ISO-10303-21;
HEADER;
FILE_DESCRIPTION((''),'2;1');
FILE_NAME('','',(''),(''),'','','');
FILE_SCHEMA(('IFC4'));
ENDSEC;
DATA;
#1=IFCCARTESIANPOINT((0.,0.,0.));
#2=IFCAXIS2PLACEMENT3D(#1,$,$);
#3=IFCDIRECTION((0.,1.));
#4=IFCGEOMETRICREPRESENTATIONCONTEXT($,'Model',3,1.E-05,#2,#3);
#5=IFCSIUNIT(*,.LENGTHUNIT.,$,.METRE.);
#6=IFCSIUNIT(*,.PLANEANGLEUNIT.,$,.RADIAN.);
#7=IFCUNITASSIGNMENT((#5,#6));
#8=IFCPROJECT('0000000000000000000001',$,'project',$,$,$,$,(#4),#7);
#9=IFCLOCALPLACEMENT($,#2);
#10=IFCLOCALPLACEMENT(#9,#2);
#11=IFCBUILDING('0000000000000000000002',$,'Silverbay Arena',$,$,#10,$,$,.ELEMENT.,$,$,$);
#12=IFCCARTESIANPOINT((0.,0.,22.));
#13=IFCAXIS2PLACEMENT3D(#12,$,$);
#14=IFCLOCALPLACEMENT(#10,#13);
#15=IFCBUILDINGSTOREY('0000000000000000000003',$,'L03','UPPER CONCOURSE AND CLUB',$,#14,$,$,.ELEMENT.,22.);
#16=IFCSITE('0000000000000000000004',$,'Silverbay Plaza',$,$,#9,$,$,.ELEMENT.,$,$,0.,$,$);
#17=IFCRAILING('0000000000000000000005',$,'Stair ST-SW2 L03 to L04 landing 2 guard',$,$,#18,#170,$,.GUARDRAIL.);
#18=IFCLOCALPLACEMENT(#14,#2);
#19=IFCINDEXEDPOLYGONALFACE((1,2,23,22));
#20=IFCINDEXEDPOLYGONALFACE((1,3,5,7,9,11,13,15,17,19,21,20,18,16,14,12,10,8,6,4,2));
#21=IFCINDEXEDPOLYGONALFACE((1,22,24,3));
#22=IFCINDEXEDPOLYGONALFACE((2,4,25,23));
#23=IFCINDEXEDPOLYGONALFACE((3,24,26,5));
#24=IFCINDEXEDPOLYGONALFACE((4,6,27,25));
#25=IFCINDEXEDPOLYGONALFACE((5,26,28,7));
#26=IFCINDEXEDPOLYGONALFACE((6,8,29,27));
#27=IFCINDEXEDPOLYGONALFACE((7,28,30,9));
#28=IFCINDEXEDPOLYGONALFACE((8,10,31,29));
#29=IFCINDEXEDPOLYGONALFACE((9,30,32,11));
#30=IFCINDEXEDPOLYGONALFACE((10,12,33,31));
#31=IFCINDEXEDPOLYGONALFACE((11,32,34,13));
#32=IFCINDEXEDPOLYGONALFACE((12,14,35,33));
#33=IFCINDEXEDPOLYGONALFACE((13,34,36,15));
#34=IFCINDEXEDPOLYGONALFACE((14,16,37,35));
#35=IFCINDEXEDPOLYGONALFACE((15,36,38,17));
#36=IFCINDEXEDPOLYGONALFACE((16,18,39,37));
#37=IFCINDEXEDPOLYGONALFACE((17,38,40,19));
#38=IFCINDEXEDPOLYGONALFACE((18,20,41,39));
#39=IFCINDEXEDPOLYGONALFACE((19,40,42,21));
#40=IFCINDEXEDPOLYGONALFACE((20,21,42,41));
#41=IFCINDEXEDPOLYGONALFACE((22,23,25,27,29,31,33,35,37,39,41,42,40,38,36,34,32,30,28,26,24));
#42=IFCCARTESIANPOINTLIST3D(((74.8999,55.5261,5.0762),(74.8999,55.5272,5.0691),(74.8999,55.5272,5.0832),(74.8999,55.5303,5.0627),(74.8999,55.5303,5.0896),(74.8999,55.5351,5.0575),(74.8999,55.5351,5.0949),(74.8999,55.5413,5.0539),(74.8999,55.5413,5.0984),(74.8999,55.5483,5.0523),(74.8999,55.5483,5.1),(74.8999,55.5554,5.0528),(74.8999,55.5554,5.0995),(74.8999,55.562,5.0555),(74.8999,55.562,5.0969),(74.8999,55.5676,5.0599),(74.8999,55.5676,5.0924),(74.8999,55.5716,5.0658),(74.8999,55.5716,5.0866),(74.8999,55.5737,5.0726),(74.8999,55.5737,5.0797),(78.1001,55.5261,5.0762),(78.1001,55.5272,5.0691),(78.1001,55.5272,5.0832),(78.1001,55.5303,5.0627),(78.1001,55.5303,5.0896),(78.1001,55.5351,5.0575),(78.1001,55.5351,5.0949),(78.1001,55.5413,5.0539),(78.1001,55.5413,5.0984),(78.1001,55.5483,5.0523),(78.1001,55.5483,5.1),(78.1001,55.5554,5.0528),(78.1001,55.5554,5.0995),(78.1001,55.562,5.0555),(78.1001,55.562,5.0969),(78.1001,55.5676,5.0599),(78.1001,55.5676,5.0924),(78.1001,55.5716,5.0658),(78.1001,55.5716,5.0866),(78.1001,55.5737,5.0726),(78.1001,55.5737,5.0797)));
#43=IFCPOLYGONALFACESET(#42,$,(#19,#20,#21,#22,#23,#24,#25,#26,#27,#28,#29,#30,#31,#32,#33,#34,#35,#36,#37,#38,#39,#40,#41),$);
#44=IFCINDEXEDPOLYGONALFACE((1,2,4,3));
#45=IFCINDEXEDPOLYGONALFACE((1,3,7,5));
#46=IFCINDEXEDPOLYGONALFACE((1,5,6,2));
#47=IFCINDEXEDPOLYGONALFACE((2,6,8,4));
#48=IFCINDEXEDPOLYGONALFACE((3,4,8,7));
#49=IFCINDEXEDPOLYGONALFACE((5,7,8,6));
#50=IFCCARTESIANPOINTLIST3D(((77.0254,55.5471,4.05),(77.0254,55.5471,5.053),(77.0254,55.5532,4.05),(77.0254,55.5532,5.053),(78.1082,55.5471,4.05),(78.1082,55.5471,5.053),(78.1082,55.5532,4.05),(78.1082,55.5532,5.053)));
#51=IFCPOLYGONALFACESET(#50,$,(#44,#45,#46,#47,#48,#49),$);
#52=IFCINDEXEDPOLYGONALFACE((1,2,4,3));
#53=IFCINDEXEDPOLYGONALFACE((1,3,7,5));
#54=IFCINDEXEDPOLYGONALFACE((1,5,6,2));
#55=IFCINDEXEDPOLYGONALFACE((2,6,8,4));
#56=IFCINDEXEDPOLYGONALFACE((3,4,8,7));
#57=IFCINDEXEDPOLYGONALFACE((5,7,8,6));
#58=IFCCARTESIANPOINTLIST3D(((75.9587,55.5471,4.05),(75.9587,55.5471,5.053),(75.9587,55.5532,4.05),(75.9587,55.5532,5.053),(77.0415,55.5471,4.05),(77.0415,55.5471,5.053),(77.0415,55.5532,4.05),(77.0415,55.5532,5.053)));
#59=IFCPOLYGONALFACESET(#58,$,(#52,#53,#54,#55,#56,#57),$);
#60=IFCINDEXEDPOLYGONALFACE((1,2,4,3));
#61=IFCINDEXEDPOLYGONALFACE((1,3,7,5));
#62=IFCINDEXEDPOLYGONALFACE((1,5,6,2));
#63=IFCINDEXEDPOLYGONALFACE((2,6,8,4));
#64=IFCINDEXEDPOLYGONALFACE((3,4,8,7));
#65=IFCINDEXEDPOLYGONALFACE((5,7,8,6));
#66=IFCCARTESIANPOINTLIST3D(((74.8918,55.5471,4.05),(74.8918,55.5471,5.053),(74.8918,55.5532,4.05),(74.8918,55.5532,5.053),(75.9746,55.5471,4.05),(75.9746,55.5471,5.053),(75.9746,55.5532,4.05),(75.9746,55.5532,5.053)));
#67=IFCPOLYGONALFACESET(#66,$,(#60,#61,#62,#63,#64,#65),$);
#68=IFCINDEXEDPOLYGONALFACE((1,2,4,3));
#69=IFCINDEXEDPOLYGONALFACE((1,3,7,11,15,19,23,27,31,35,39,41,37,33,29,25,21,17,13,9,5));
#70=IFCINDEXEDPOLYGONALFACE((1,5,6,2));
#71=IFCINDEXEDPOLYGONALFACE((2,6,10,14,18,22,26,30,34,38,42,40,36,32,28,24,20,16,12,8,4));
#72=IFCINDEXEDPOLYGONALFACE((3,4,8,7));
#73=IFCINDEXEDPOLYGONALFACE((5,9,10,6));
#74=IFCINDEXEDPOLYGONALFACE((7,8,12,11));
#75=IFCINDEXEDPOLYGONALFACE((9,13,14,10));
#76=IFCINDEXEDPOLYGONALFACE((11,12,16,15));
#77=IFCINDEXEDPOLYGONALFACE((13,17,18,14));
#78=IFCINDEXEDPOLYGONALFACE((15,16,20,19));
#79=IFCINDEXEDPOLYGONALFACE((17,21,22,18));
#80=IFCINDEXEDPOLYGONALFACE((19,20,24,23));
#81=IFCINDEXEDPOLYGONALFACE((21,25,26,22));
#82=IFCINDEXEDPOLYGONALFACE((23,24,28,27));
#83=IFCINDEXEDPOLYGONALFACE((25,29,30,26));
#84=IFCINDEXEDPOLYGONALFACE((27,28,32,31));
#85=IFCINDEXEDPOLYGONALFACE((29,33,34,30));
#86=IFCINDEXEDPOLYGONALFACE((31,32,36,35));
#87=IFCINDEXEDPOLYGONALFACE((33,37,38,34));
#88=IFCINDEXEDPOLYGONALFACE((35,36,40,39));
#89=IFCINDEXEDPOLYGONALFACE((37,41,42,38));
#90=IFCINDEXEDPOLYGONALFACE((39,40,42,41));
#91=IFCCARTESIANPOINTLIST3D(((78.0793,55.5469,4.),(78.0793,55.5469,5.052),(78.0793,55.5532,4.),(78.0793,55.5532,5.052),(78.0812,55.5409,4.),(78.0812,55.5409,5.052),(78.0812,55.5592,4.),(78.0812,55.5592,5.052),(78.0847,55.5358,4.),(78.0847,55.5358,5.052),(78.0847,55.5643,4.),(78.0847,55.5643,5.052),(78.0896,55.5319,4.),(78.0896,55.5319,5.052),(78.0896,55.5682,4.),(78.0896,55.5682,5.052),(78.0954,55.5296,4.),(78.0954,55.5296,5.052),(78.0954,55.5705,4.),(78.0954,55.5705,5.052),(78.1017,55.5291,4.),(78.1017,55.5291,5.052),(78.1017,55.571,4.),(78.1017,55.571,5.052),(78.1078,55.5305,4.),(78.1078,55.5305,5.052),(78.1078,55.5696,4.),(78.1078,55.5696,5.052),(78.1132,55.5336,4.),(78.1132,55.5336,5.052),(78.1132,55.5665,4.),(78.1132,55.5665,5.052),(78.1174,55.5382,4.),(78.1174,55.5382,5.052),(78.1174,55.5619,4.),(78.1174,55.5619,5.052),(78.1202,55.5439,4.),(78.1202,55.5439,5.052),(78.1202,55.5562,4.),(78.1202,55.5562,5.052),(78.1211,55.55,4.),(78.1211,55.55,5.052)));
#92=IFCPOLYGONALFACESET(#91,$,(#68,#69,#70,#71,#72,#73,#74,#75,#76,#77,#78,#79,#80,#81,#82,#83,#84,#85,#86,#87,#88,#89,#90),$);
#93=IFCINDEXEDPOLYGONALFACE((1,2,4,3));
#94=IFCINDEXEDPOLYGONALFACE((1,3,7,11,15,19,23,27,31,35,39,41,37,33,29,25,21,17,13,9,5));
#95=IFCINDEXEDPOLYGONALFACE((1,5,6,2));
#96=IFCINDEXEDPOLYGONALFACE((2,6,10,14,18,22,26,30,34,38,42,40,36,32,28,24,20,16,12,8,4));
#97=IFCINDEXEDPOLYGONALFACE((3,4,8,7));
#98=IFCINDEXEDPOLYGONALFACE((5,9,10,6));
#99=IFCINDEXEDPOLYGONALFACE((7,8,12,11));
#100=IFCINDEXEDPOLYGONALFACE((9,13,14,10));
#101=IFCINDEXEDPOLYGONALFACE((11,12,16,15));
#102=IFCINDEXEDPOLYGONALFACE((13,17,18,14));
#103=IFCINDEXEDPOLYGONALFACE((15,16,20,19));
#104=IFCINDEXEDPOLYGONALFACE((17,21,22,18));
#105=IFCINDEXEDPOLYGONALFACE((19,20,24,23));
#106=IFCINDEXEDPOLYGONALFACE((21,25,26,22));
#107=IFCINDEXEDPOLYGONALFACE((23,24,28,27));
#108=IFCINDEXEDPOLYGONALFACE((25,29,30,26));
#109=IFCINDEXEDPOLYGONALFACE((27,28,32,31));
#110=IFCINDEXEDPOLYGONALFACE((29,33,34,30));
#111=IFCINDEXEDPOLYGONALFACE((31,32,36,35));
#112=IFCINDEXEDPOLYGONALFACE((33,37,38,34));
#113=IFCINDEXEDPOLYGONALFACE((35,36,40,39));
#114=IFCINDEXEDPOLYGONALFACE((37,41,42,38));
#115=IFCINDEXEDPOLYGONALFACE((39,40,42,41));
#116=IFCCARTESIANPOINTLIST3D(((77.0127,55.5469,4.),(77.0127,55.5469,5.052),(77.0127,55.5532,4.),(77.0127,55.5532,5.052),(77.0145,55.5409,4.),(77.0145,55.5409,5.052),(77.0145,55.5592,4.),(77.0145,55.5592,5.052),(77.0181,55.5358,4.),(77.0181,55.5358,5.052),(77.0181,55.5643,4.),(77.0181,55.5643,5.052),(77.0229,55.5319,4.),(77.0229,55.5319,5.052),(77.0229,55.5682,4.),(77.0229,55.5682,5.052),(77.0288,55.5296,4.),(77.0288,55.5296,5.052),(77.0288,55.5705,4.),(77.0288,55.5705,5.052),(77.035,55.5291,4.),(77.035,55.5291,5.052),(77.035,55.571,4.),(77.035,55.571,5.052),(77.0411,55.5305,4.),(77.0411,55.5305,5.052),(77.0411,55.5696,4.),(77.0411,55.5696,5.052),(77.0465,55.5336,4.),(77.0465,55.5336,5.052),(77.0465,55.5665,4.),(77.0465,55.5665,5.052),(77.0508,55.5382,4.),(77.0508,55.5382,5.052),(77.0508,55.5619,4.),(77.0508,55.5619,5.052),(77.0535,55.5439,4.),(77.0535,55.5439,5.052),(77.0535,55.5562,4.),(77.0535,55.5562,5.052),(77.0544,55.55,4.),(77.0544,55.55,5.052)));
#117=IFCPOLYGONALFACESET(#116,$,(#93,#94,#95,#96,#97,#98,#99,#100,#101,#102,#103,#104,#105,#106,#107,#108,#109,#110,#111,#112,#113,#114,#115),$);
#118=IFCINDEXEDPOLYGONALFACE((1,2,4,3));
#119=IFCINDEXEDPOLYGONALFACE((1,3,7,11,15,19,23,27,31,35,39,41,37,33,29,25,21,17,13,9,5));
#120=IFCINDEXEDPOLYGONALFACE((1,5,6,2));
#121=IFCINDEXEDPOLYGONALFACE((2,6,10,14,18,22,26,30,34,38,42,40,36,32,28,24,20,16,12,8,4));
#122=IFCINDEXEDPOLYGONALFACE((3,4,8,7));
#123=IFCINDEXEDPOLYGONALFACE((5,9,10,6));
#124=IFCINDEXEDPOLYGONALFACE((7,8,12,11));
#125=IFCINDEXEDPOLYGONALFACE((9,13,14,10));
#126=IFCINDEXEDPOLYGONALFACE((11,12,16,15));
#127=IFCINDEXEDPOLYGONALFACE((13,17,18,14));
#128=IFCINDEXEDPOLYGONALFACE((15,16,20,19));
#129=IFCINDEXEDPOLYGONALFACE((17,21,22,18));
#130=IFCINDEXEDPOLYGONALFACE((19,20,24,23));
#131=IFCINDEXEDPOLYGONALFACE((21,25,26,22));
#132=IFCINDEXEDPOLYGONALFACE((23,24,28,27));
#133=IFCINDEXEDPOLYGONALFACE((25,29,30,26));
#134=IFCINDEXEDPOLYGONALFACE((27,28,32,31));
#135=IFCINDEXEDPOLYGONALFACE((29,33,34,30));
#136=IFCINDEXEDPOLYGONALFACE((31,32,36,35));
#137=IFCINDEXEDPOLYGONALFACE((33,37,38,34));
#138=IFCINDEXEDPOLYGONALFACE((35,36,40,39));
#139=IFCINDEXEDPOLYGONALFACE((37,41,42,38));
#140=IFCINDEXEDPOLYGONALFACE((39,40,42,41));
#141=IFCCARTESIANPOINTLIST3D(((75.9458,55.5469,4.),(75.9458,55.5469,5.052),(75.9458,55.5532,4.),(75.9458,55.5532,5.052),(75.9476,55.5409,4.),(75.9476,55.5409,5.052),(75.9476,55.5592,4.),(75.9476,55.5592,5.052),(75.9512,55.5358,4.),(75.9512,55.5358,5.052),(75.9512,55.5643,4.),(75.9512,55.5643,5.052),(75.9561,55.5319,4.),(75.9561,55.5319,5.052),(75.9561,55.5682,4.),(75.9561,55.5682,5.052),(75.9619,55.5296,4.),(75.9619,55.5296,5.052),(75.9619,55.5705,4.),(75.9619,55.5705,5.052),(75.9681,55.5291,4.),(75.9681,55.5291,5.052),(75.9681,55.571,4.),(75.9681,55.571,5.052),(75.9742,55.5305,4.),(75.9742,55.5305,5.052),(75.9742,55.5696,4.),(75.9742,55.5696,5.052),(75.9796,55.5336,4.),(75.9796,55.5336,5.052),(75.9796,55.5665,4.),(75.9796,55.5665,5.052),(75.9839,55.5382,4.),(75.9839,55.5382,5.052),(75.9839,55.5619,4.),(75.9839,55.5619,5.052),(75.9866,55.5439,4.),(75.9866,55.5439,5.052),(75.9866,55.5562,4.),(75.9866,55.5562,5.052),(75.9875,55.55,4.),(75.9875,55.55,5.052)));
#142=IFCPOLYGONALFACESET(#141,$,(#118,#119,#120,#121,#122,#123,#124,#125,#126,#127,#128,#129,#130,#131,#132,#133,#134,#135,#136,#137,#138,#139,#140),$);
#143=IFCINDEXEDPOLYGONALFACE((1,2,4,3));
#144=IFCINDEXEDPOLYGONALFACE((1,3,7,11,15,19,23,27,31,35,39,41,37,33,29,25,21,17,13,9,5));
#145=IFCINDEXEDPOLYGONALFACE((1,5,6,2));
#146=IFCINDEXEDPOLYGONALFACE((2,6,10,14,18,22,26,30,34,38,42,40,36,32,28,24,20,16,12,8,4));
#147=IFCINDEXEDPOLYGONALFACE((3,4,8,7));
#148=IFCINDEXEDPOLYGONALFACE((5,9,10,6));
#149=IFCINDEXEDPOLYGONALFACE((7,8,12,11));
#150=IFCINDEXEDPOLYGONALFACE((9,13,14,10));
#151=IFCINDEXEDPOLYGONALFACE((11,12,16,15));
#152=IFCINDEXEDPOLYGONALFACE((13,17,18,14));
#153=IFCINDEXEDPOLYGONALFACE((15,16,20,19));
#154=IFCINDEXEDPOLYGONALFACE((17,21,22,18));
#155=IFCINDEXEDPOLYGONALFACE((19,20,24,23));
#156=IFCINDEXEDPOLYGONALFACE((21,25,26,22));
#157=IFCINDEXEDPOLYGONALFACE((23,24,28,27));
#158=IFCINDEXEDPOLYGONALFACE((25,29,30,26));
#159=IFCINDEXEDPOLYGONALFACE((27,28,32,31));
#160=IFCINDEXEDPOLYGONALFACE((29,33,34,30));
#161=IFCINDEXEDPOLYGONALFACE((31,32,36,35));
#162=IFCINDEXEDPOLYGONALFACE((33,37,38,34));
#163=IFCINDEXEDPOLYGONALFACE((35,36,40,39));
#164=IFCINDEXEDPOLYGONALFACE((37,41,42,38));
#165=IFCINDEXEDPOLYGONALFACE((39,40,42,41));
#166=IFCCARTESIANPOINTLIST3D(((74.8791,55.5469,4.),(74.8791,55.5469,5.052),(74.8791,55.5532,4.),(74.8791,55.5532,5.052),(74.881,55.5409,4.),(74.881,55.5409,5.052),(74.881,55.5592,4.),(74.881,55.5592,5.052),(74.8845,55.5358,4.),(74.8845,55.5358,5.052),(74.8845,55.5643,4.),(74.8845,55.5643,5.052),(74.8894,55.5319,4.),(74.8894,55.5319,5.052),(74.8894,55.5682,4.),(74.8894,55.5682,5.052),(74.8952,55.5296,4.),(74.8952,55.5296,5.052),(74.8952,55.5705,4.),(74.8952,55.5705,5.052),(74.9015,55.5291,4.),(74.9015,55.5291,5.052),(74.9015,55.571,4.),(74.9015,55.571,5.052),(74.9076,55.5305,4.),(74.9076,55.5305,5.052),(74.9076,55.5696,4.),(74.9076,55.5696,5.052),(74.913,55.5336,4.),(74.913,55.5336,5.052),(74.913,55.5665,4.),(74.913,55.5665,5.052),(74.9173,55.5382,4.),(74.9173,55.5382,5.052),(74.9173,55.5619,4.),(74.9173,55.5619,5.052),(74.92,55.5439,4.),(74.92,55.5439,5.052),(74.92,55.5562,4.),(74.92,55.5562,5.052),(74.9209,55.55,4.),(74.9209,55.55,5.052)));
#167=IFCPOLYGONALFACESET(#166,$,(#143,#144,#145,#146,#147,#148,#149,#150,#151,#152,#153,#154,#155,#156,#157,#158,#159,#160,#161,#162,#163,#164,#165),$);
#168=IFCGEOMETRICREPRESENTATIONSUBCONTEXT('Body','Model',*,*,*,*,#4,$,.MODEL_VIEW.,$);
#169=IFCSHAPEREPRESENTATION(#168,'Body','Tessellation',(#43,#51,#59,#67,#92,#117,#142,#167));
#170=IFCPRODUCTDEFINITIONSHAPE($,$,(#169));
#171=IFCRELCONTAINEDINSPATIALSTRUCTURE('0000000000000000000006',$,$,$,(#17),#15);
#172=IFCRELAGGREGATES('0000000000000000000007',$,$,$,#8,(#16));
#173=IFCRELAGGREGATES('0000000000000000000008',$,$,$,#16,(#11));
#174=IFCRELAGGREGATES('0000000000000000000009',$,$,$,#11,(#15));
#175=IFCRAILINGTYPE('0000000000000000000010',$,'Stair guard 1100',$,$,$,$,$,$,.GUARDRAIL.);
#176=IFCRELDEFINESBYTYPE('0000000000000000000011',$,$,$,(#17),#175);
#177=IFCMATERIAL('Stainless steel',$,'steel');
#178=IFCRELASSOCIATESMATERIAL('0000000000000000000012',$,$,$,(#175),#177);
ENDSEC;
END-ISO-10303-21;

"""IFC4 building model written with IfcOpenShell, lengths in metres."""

from ifc_helpers import new_model, si_unit, direction, frame, origin, origin_2d, place, context, subcontext, project, spatial, polyline, circle, outline, extrude, material, type_object, element, save


model = new_model("IFC4")

# Units and contexts
model_context = context("Model", 3, precision=1e-05, world=origin(), true_north=direction((0.0, 1.0)))
body_context = subcontext(model_context, "Body", "Model", "MODEL_VIEW")
ifc_project = project(units=[si_unit("LENGTHUNIT", "METRE"), si_unit("PLANEANGLEUNIT", "RADIAN")], contexts=[model_context])

# Site, building, storey
site_placement = place(None, origin())
site = spatial("IfcSite", under=ifc_project, at=site_placement, Name="Silverbay Plaza", CompositionType="ELEMENT", RefElevation=0.0)
building_placement = place(site_placement, origin())
building = spatial("IfcBuilding", under=site, at=building_placement, Name="Silverbay Arena", CompositionType="ELEMENT")
storey_placement = place(building_placement, frame((0.0, 0.0, 22.0)))
storey = spatial("IfcBuildingStorey", under=building, at=storey_placement, Name="L03", Description="UPPER CONCOURSE AND CLUB", CompositionType="ELEMENT", Elevation=22.0)

# Railing
ifc_material_1 = material(Name="Stainless steel", Category="steel")
railing_type_1 = type_object("IfcRailingType", Name="Stair guard 1100", PredefinedType="GUARDRAIL", material=ifc_material_1)
for number, where, name in (
    (1, (78.1001, 55.55, 4.0), "Stair ST-SW2 L03 to L04 landing 2 guard"),
):
    element("IfcRailing", number, at=place(storey_placement, frame(where)), inside=storey, type_object=railing_type_1, Name=name, PredefinedType="GUARDRAIL", context=body_context, shape_type="SweptSolid", body=[
        extrude(circle(Radius=0.0239, at=origin_2d()), frame((0.0, 0.0, 1.0762), z_axis=(-1.0, 0.0, 0.0), x_axis=(0.0, -1.0, 0.0)), (0.0, 0.0, 1.0), 3.2002),
        extrude(outline(polyline([(-0.0081, 0.05), (1.0747, 0.05), (1.0747, 1.053), (-0.0081, 1.053), (-0.0081, 0.05)])), frame((0.0, -0.0029, 0.0), z_axis=(0.0, 1.0, 0.0), x_axis=(-1.0, 0.0, 0.0)), (0.0, 0.0, 1.0), 0.0061),
        extrude(outline(polyline([(-0.0081, 0.05), (1.0747, 0.05), (1.0747, 1.053), (-0.0081, 1.053), (-0.0081, 0.05)])), frame((-1.0667, -0.0029, 0.0), z_axis=(0.0, 1.0, 0.0), x_axis=(-1.0, 0.0, 0.0)), (0.0, 0.0, 1.0), 0.0061),
        extrude(outline(polyline([(-0.0081, 0.05), (1.0747, 0.05), (1.0747, 1.053), (-0.0081, 1.053), (-0.0081, 0.05)])), frame((-2.1335, -0.0029, 0.0), z_axis=(0.0, 1.0, 0.0), x_axis=(-1.0, 0.0, 0.0)), (0.0, 0.0, 1.0), 0.0061),
        extrude(circle(Radius=0.021, at=origin_2d()), origin(), (0.0, 0.0, 1.0), 1.052),
        extrude(circle(Radius=0.021, at=origin_2d()), frame((-1.0667, 0.0, 0.0)), (0.0, 0.0, 1.0), 1.052),
        extrude(circle(Radius=0.021, at=origin_2d()), frame((-2.1335, 0.0, 0.0)), (0.0, 0.0, 1.0), 1.052),
        extrude(circle(Radius=0.021, at=origin_2d()), frame((-3.2002, 0.0, 0.0)), (0.0, 0.0, 1.0), 1.052),
    ])

save(model, "model.ifc")
